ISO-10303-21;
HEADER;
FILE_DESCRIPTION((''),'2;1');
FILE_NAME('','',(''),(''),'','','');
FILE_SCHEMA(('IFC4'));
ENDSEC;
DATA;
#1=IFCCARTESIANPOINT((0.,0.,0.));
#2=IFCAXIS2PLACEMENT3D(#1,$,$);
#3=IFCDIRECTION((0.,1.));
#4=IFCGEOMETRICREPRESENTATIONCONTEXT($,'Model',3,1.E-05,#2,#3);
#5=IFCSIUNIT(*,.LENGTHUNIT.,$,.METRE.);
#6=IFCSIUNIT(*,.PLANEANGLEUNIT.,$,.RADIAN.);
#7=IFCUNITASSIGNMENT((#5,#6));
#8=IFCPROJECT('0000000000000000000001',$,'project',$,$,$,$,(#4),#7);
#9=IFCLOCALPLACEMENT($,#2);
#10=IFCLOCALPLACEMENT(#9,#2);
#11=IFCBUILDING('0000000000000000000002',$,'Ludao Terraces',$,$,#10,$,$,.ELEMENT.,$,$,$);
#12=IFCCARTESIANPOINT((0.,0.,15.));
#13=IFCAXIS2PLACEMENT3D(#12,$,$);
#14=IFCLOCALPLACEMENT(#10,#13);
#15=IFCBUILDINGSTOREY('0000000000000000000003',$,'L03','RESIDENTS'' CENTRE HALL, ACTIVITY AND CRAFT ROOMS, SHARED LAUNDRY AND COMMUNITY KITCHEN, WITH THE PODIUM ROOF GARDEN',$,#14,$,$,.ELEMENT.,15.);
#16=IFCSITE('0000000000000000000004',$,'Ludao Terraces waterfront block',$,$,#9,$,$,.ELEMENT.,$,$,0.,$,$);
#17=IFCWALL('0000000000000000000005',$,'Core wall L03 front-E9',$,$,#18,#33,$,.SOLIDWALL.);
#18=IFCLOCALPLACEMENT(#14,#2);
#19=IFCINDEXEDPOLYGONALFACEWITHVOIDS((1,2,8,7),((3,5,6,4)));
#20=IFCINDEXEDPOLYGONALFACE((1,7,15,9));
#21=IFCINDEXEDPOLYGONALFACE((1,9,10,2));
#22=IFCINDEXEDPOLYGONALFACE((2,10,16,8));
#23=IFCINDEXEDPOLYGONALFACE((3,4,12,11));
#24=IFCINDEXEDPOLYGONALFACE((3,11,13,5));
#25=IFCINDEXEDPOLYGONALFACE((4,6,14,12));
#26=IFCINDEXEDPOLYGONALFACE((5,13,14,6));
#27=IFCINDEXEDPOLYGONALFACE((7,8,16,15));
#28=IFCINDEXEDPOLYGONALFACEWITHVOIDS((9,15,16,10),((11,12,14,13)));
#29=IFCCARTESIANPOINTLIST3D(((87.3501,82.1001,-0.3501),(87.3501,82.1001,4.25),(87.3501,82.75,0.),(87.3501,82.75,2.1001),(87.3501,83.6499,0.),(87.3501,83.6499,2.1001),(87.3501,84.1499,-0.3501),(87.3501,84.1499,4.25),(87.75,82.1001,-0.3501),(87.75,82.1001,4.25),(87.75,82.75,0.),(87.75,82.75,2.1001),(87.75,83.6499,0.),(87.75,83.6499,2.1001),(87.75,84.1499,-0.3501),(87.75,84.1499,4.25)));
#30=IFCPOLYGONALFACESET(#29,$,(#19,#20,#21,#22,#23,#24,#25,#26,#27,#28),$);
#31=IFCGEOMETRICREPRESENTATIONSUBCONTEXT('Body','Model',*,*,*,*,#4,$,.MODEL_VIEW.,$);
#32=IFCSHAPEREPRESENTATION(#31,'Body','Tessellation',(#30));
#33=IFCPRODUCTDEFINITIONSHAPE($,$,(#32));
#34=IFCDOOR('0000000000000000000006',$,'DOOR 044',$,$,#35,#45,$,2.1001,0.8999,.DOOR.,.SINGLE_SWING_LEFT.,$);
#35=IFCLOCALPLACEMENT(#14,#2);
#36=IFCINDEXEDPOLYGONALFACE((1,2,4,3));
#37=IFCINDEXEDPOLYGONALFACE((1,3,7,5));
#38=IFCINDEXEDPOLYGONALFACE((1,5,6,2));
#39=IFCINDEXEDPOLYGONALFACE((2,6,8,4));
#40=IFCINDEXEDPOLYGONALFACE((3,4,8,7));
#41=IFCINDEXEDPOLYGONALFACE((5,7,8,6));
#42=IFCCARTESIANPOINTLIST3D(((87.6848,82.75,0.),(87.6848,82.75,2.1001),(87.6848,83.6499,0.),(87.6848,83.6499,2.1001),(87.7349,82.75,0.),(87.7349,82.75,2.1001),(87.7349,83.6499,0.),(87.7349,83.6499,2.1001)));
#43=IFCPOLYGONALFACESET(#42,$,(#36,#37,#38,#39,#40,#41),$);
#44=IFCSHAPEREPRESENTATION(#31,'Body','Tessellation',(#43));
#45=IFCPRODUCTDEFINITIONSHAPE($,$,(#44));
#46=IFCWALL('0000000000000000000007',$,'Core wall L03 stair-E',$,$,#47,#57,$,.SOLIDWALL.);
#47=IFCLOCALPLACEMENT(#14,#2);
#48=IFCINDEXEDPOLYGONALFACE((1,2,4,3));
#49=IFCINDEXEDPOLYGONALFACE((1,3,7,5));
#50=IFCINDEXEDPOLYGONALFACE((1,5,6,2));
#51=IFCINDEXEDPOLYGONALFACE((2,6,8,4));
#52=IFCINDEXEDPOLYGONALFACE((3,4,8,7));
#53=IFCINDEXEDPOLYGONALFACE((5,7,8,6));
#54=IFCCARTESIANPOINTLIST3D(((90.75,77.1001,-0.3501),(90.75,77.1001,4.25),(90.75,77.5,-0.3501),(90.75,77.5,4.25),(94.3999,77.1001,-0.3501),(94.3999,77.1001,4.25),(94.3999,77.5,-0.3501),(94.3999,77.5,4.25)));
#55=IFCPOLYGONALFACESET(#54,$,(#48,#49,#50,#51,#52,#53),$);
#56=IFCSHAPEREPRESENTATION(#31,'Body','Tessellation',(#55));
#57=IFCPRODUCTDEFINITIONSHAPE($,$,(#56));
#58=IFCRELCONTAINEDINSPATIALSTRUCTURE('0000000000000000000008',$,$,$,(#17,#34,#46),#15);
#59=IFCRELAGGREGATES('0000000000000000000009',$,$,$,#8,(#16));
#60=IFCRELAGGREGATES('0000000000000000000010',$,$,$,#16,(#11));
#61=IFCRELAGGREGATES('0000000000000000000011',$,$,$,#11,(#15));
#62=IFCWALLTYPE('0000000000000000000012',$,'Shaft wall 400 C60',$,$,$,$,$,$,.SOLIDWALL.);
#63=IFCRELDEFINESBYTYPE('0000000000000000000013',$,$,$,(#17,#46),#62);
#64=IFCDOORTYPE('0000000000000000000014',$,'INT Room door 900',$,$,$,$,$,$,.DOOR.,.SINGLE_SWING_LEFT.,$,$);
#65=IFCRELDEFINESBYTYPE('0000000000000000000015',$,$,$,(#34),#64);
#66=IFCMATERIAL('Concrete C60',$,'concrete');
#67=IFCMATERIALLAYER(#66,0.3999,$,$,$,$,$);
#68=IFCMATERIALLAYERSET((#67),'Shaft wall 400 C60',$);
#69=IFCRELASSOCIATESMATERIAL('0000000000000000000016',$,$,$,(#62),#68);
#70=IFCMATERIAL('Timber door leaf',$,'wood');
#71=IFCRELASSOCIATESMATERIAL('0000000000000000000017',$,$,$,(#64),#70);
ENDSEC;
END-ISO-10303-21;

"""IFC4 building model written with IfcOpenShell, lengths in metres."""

from ifc_helpers import new_model, si_unit, direction, frame, frame_2d, origin, place, context, subcontext, project, spatial, rectangle, extrude, material, layer, layer_set, type_object, element, fill, save


model = new_model("IFC4")

# Units and contexts
model_context = context("Model", 3, precision=1e-05, world=origin(), true_north=direction((0.0, 1.0)))
body_context = subcontext(model_context, "Body", "Model", "MODEL_VIEW")
ifc_project = project(units=[si_unit("LENGTHUNIT", "METRE"), si_unit("PLANEANGLEUNIT", "RADIAN")], contexts=[model_context])

# Site, building, storey
site_placement = place(None, origin())
site = spatial("IfcSite", under=ifc_project, at=site_placement, Name="Ludao Terraces waterfront block", CompositionType="ELEMENT", RefElevation=0.0)
building_placement = place(site_placement, origin())
building = spatial("IfcBuilding", under=site, at=building_placement, Name="Ludao Terraces", CompositionType="ELEMENT")
storey_placement = place(building_placement, frame((0.0, 0.0, 15.0)))
storey = spatial("IfcBuildingStorey", under=building, at=storey_placement, Name="L03", Description="RESIDENTS' CENTRE HALL, ACTIVITY AND CRAFT ROOMS, SHARED LAUNDRY AND COMMUNITY KITCHEN, WITH THE PODIUM ROOF GARDEN", CompositionType="ELEMENT", Elevation=15.0)

# Shared definitions
ifc_material_1 = material(Name="Concrete C60", Category="concrete")

# Shared definitions
ifc_layer_1 = layer(ifc_material_1, 0.3999)
ifc_layer_set_1 = layer_set([ifc_layer_1], Name="Shaft wall 400 C60")
wall_type_1 = type_object("IfcWallType", Name="Shaft wall 400 C60", PredefinedType="SOLIDWALL", material=ifc_layer_set_1)

# Shared definitions
ifc_material_2 = material(Name="Timber door leaf", Category="wood")
door_type_1 = type_object("IfcDoorType", Name="INT Room door 900", OperationType="SINGLE_SWING_LEFT", PredefinedType="DOOR", material=ifc_material_2)

# Wall, opening, door
wall_1_placement = place(storey_placement, frame((87.55, 82.1001, -0.3501), z_axis=(0.0, 0.0, 1.0), x_axis=(0.0, 1.0, 0.0)))
wall_1 = element("IfcWall", 1, at=wall_1_placement, inside=storey, type_object=wall_type_1, Name="Core wall L03 front-E9", PredefinedType="SOLIDWALL", context=body_context, shape_type="SweptSolid", body=[
    extrude(rectangle(XDim=2.0498, YDim=0.3999, at=frame_2d((1.0249, 0.0))), origin(), (0.0, 0.0, 1.0), 4.6001),
])
opening_1_placement = place(wall_1_placement, frame((0.6499, 0.0, 0.3501)))
opening_1 = element("IfcOpeningElement", 2, at=opening_1_placement, cuts=wall_1, PredefinedType="OPENING", context=body_context, shape_type="SweptSolid", body=[
    extrude(rectangle(XDim=0.8999, YDim=2.1001, at=frame_2d((0.45, 1.05))), frame((0.0, 0.21, 0.0), z_axis=(0.0, -1.0, 0.0), x_axis=(1.0, 0.0, 0.0)), (0.0, 0.0, 1.0), 0.4199),
])
door_1_placement = place(opening_1_placement, origin())
door_1 = element("IfcDoor", 3, at=door_1_placement, inside=storey, type_object=door_type_1, Name="DOOR 044", OperationType="SINGLE_SWING_LEFT", OverallHeight=2.1001, OverallWidth=0.8999, PredefinedType="DOOR", context=body_context, shape_type="SweptSolid", body=[
    extrude(rectangle(XDim=0.8999, YDim=2.1001, at=frame_2d((0.45, 1.05))), frame((0.0, -0.1348, 0.0), z_axis=(0.0, -1.0, 0.0), x_axis=(1.0, 0.0, 0.0)), (0.0, 0.0, 1.0), 0.05),
])
fill(opening_1, door_1)

# Wall
wall_2_placement = place(storey_placement, frame((90.75, 77.3, -0.3501), z_axis=(0.0, 0.0, 1.0), x_axis=(1.0, 0.0, 0.0)))
element("IfcWall", 4, at=wall_2_placement, inside=storey, type_object=wall_type_1, Name="Core wall L03 stair-E", PredefinedType="SOLIDWALL", context=body_context, shape_type="SweptSolid", body=[
    extrude(rectangle(XDim=3.6499, YDim=0.3999, at=frame_2d((1.825, 0.0))), origin(), (0.0, 0.0, 1.0), 4.6001),
])

save(model, "model.ifc")
